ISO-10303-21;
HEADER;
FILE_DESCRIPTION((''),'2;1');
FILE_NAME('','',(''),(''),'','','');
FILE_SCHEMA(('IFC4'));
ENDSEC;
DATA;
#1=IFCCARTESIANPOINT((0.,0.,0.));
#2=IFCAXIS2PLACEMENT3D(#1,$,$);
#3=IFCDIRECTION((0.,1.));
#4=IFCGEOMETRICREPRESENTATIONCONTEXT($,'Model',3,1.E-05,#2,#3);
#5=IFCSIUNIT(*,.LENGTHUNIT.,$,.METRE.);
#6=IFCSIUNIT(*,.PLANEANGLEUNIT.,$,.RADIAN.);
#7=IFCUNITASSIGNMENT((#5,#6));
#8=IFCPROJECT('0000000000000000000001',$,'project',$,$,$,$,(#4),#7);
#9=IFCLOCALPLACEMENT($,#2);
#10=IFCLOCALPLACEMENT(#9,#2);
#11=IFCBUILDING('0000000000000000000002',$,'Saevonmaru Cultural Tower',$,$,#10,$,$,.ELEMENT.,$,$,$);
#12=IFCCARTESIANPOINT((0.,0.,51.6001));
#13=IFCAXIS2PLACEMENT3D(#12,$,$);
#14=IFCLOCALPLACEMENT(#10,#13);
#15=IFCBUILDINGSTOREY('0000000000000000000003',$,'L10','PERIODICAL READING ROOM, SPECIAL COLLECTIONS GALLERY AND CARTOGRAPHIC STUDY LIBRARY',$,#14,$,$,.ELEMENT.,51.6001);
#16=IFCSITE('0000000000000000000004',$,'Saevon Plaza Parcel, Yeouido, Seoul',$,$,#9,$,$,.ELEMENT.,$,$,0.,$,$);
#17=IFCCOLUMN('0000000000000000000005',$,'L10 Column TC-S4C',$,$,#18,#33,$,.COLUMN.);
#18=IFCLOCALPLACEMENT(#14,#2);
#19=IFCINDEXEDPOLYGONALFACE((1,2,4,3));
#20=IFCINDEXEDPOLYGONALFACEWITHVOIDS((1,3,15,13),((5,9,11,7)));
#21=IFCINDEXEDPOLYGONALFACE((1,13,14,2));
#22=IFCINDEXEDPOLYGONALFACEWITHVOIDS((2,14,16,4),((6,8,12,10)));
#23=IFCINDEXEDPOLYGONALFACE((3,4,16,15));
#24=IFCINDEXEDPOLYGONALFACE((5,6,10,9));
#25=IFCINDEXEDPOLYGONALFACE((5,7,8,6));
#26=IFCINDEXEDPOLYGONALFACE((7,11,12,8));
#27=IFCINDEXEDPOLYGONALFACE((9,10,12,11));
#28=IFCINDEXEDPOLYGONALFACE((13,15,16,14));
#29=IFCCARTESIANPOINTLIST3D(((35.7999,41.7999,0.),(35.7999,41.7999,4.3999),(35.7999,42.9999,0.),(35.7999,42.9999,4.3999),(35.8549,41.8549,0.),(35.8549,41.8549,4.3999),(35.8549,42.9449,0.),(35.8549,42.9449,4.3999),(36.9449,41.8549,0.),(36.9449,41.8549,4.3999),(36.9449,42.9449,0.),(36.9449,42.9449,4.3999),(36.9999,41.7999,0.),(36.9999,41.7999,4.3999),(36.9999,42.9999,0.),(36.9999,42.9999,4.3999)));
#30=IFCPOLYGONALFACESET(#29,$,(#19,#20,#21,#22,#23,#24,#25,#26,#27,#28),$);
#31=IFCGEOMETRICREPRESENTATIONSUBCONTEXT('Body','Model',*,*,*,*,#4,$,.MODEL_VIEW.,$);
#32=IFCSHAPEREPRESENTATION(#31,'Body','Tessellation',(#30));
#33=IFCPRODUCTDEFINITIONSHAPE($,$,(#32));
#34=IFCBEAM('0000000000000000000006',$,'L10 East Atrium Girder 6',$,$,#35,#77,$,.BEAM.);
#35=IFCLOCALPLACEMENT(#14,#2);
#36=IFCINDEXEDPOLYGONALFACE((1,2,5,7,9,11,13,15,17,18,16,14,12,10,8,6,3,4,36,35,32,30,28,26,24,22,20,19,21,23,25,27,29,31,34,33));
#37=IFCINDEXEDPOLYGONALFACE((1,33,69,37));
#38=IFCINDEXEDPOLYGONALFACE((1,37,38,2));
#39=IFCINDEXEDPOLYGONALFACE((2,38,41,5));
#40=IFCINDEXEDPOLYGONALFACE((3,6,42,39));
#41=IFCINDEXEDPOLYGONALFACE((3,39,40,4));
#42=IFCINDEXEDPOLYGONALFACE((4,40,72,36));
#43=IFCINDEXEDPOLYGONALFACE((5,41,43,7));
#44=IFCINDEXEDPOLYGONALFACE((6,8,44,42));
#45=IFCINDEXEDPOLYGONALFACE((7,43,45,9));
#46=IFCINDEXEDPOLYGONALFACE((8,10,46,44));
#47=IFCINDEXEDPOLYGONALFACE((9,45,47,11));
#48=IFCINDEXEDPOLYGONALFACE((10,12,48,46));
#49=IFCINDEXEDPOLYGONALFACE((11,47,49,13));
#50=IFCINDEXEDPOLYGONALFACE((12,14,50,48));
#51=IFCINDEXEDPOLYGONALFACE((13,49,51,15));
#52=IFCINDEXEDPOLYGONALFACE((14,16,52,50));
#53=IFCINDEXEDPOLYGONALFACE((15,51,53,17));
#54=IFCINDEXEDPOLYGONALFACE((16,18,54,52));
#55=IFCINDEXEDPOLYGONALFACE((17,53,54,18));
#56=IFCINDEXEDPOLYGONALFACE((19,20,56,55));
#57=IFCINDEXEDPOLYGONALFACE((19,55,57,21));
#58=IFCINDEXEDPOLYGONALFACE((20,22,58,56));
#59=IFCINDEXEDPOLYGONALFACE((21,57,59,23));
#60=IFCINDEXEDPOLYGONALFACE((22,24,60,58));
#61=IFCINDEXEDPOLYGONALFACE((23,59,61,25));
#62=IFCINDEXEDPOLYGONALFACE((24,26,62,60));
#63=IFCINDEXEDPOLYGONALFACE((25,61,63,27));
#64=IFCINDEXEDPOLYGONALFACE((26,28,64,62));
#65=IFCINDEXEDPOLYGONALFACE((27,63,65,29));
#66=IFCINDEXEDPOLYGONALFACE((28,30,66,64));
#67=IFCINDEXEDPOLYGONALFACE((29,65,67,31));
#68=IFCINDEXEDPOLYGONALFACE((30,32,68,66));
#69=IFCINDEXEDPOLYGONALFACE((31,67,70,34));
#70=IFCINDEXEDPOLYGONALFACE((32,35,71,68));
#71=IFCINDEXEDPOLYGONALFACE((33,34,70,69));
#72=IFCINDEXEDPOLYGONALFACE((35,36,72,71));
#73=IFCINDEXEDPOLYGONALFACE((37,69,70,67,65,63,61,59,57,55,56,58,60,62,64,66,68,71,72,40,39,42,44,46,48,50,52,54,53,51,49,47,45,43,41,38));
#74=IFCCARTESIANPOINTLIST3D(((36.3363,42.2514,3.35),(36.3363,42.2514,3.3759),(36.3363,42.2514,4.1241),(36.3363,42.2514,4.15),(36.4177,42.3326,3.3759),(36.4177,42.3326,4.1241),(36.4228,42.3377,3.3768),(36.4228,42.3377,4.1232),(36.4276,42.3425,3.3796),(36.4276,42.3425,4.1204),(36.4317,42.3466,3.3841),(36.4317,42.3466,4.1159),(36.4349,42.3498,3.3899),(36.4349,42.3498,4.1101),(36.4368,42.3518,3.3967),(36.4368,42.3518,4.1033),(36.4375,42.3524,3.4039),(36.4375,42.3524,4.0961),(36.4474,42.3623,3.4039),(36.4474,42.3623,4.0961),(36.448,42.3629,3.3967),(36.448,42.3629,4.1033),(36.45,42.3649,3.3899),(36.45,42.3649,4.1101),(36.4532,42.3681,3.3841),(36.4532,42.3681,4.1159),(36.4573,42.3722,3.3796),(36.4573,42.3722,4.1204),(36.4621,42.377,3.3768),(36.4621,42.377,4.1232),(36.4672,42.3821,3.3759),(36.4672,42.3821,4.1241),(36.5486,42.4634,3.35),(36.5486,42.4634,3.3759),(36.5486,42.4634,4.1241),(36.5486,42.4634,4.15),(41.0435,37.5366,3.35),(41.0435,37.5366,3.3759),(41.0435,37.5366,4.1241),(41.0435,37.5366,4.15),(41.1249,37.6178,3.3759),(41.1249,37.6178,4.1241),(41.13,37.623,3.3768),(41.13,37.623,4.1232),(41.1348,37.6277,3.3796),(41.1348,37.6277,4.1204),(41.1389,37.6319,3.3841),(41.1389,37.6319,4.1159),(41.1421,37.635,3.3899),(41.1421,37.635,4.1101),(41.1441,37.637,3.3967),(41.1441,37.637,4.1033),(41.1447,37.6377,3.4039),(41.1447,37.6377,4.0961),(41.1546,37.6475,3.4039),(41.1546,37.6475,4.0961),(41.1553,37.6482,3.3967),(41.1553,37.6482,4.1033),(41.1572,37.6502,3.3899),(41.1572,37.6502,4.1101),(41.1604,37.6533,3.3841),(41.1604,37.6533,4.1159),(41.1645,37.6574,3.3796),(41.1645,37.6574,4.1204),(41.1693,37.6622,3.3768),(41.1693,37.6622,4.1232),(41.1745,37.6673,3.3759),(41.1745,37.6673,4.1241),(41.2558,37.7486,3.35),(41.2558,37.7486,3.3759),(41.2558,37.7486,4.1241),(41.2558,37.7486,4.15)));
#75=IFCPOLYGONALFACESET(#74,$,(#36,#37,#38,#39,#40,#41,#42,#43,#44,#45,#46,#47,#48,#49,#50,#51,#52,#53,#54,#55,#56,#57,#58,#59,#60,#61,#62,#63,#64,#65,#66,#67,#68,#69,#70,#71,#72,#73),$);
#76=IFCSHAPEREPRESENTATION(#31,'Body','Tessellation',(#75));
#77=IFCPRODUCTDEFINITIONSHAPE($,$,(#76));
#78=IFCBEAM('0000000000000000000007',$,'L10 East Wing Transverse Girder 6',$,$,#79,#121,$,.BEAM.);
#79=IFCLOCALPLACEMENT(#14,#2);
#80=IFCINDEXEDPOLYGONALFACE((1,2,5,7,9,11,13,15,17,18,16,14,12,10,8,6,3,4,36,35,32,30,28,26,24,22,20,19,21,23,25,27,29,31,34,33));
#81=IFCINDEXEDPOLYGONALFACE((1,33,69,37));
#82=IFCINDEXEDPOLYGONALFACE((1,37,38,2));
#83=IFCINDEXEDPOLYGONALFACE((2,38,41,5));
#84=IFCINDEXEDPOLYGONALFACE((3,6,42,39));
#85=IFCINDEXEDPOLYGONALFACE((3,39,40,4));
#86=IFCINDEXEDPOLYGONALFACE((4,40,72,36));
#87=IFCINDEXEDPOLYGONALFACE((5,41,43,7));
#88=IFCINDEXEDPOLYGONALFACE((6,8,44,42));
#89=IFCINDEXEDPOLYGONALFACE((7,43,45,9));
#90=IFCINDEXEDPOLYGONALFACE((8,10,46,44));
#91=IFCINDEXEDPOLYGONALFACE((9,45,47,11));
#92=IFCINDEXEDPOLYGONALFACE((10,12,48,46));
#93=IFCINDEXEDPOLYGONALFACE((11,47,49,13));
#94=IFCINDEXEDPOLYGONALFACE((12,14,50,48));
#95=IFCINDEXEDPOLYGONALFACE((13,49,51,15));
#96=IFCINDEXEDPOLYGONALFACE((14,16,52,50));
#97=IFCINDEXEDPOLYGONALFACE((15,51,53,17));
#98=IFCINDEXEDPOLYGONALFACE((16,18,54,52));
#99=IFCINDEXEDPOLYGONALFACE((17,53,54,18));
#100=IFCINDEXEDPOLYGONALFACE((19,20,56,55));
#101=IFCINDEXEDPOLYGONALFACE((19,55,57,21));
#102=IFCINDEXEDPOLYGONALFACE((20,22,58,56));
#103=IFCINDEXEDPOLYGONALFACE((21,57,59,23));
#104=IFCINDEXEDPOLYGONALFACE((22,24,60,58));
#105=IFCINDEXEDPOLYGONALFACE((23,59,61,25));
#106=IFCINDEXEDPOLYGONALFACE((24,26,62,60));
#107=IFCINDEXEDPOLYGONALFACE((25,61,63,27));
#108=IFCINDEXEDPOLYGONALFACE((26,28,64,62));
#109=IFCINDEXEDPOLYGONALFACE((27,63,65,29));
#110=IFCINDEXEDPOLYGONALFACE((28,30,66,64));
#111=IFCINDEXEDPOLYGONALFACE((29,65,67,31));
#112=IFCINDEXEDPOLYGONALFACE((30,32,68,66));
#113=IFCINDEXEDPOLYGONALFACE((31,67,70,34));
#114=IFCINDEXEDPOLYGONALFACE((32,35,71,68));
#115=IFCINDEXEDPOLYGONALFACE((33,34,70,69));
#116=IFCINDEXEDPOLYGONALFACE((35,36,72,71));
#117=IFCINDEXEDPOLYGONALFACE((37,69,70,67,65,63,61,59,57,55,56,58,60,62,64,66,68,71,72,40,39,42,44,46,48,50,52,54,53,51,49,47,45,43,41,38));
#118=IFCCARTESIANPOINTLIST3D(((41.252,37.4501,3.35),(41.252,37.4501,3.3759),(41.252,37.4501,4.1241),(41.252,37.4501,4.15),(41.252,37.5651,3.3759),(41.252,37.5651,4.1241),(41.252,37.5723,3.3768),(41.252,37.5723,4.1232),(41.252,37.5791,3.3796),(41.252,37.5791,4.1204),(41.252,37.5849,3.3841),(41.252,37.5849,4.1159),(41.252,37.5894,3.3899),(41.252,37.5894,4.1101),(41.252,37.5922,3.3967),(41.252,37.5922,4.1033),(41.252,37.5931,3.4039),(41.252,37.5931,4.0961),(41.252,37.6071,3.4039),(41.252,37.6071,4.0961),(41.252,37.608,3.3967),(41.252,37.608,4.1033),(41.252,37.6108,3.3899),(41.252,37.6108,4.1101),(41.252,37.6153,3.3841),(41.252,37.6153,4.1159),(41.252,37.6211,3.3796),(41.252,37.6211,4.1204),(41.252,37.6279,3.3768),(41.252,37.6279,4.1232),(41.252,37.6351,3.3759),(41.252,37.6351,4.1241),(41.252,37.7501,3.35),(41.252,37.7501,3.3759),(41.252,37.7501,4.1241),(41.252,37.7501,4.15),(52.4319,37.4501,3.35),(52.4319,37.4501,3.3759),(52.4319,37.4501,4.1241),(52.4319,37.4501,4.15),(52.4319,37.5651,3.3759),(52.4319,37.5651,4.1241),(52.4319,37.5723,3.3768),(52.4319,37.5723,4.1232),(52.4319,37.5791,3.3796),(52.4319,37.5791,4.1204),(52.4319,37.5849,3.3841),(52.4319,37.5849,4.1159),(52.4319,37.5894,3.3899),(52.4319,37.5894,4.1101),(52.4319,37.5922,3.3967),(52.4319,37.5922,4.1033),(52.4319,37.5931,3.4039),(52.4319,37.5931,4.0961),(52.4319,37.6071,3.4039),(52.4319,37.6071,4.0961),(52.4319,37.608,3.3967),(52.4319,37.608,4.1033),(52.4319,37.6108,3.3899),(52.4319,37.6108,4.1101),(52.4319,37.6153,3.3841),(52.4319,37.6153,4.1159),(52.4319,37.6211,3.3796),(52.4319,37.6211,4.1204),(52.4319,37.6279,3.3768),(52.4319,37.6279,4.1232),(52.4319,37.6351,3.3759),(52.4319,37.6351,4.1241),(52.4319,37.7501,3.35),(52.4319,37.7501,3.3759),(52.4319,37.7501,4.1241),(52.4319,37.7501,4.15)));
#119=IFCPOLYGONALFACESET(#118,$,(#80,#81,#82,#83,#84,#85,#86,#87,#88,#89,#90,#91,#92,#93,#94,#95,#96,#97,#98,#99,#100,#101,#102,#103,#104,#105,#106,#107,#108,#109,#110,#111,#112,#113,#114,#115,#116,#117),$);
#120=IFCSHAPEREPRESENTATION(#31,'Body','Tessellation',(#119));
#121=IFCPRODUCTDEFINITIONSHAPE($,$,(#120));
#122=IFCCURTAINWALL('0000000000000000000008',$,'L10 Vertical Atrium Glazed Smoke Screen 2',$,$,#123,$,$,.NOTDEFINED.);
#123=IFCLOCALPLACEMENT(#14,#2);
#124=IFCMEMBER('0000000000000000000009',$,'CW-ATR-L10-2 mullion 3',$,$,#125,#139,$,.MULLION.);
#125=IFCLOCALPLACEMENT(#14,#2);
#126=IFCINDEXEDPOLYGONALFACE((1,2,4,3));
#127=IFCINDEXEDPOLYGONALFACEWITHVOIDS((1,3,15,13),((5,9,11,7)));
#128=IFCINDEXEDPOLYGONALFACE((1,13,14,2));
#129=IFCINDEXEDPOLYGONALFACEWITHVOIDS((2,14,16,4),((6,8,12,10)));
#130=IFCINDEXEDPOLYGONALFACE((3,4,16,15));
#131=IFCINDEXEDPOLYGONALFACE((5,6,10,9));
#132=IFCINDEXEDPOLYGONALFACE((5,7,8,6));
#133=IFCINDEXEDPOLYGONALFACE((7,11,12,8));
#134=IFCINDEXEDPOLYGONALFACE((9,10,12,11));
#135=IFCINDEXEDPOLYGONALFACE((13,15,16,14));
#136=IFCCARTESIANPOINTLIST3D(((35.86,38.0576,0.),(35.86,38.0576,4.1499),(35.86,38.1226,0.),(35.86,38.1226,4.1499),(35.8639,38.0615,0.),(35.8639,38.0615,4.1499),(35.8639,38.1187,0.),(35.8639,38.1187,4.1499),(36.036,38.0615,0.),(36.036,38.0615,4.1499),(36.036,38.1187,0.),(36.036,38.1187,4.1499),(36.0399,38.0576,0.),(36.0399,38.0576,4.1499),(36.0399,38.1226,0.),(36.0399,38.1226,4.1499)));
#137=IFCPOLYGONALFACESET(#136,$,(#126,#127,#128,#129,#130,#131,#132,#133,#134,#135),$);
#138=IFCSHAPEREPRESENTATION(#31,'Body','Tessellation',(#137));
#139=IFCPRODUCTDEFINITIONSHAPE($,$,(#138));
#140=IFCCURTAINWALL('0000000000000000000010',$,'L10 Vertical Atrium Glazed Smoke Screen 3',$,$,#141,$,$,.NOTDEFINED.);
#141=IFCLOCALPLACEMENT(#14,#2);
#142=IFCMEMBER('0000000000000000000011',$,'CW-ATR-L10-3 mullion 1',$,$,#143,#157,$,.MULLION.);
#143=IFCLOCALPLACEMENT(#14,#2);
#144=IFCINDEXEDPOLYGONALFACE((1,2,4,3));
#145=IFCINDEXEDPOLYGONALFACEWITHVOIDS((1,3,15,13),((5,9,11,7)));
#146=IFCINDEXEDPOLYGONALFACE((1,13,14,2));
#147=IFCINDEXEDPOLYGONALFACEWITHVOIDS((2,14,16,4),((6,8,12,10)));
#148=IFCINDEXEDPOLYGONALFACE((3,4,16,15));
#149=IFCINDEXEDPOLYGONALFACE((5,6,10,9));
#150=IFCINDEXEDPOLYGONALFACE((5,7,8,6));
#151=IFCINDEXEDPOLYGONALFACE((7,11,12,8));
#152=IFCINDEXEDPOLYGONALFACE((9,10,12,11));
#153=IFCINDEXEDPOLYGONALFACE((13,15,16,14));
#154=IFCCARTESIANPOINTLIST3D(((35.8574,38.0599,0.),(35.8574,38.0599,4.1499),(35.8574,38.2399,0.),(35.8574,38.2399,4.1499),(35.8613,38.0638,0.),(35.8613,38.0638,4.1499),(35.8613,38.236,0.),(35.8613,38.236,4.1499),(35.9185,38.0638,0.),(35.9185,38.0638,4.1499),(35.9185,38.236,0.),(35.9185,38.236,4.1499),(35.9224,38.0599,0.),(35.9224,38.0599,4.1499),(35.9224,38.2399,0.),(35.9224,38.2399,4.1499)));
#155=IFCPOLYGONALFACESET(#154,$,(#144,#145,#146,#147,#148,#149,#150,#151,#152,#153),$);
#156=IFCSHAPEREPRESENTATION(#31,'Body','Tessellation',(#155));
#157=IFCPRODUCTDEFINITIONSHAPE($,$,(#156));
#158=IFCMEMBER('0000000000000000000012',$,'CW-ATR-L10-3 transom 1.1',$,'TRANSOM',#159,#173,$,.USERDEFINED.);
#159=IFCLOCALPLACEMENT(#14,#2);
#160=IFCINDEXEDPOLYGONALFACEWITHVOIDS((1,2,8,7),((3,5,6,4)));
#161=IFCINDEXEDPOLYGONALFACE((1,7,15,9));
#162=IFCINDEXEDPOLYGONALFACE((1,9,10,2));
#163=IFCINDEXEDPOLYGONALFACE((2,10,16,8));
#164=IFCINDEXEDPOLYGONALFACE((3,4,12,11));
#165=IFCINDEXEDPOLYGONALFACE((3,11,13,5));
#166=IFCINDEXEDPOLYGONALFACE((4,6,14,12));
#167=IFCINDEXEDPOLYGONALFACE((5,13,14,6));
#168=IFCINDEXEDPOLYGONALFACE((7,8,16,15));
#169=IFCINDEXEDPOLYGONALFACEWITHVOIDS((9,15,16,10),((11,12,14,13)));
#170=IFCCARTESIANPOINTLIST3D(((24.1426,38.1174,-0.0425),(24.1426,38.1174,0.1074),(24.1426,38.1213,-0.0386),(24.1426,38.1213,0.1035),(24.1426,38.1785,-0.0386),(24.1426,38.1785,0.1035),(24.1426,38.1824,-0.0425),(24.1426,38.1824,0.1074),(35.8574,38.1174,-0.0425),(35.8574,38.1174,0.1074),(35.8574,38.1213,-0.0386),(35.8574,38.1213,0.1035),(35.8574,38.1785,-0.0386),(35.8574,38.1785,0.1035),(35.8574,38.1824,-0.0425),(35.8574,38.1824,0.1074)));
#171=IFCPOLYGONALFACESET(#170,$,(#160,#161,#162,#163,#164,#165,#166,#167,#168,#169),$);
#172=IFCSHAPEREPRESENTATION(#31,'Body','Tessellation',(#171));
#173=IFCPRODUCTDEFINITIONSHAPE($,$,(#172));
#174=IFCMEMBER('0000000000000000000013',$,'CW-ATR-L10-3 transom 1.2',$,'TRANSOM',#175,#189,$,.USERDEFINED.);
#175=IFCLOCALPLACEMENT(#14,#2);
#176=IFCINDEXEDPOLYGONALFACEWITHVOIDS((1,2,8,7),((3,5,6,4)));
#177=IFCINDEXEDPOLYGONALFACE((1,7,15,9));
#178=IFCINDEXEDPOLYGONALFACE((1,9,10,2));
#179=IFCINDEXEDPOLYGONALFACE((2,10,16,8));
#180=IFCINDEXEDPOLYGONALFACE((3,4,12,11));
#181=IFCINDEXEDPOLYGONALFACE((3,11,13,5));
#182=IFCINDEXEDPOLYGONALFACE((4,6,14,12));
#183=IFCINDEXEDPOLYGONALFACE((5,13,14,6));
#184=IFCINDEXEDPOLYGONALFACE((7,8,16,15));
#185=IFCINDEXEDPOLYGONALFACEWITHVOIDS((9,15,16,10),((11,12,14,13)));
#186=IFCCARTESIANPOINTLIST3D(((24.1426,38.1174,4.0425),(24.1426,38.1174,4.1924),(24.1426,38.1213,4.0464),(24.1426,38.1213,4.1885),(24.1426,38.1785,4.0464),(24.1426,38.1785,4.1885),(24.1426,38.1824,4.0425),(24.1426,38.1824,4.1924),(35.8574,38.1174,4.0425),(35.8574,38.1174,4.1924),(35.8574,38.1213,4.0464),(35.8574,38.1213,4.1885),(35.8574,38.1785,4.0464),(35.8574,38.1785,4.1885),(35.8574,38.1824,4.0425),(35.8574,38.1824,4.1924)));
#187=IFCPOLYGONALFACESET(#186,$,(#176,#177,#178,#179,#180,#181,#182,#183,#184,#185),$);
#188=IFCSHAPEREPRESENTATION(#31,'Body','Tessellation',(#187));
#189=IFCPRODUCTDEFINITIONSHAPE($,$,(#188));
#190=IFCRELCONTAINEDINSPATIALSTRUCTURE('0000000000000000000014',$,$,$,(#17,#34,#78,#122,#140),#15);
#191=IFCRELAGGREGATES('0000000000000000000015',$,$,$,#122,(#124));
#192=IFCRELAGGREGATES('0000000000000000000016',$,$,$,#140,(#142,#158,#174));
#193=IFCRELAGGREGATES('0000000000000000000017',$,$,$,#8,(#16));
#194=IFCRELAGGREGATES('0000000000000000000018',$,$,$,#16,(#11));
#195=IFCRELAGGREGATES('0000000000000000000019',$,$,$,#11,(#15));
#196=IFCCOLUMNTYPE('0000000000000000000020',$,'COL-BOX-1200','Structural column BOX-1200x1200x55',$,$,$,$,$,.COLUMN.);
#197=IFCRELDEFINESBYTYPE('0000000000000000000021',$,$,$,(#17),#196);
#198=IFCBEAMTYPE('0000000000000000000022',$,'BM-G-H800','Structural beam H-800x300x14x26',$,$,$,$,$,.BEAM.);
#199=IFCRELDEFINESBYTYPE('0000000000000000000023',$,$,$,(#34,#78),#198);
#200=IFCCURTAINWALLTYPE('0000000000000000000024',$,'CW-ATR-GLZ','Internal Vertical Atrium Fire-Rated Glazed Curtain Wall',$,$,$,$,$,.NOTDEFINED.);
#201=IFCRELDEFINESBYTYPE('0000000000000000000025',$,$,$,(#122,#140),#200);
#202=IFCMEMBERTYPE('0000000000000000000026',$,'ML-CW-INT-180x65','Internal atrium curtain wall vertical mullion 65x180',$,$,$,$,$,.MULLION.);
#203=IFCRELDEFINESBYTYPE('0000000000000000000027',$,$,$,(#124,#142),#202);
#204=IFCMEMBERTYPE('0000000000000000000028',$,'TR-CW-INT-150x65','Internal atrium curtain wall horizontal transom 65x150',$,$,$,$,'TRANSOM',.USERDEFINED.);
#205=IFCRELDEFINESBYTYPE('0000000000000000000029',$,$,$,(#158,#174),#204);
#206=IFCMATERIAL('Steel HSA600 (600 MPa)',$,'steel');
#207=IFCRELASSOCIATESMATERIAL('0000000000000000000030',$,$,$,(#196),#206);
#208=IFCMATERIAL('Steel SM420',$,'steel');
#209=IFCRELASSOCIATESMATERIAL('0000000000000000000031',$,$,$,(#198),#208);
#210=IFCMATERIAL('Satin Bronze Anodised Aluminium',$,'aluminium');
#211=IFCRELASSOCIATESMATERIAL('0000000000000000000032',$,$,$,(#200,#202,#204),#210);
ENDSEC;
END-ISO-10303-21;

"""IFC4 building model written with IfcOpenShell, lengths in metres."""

from ifc_helpers import new_model, si_unit, direction, frame, origin, origin_2d, place, context, subcontext, project, spatial, hollow_rectangle, i_section, extrude, material, material_profile, profile_set, type_object, element, aggregate, save


model = new_model("IFC4")

# Units and contexts
model_context = context("Model", 3, precision=1e-05, world=origin(), true_north=direction((0.0, 1.0)))
body_context = subcontext(model_context, "Body", "Model", "MODEL_VIEW")
ifc_project = project(units=[si_unit("LENGTHUNIT", "METRE"), si_unit("PLANEANGLEUNIT", "RADIAN")], contexts=[model_context])

# Site, building, storey
site_placement = place(None, origin())
site = spatial("IfcSite", under=ifc_project, at=site_placement, Name="Saevon Plaza Parcel, Yeouido, Seoul", CompositionType="ELEMENT", RefElevation=0.0)
building_placement = place(site_placement, origin())
building = spatial("IfcBuilding", under=site, at=building_placement, Name="Saevonmaru Cultural Tower", CompositionType="ELEMENT")
storey_placement = place(building_placement, frame((0.0, 0.0, 51.6001)))
storey = spatial("IfcBuildingStorey", under=building, at=storey_placement, Name="L10", Description="PERIODICAL READING ROOM, SPECIAL COLLECTIONS GALLERY AND CARTOGRAPHIC STUDY LIBRARY", CompositionType="ELEMENT", Elevation=51.6001)

# Column
ifc_material_1 = material(Name="Steel HSA600 (600 MPa)", Category="steel")
ifc_material_profile_1 = material_profile(ifc_material_1, hollow_rectangle(XDim=1.2, YDim=1.2, WallThickness=0.0549, at=origin_2d()), Name="BOX-1200x1200x55")
ifc_profile_set_1 = profile_set([ifc_material_profile_1], Name="Steel HSA600 (600 MPa)")
column_type = type_object("IfcColumnType", Name="COL-BOX-1200", Description="Structural column BOX-1200x1200x55", PredefinedType="COLUMN", material=ifc_profile_set_1)
column_placement = place(storey_placement, frame((36.3999, 42.3999, 0.0), z_axis=(0.0, 0.0, 1.0), x_axis=(1.0, 0.0, 0.0)))
element("IfcColumn", 1, at=column_placement, inside=storey, type_object=column_type, Name="L10 Column TC-S4C", PredefinedType="COLUMN", context=body_context, shape_type="SweptSolid", body=[
    extrude(hollow_rectangle(XDim=1.2, YDim=1.2, WallThickness=0.0549, at=origin_2d()), origin(), (0.0, 0.0, 1.0), 4.3999),
])

# Beams
ifc_material_2 = material(Name="Steel SM420", Category="steel")
ifc_material_profile_2 = material_profile(ifc_material_2, i_section(OverallWidth=0.3, OverallDepth=0.8, WebThickness=0.0139, FlangeThickness=0.0259, FilletRadius=0.0281, at=origin_2d()), Name="H-800x300x14x26")
ifc_profile_set_2 = profile_set([ifc_material_profile_2], Name="Steel SM420")
beam_type = type_object("IfcBeamType", Name="BM-G-H800", Description="Structural beam H-800x300x14x26", PredefinedType="BEAM", material=ifc_profile_set_2)
beam_1_placement = place(storey_placement, frame((41.1497, 37.6426, 3.75), z_axis=(-0.706539, 0.707675, 0.0), x_axis=(-0.707675, -0.706539, 0.0)))
element("IfcBeam", 2, at=beam_1_placement, inside=storey, type_object=beam_type, Name="L10 East Atrium Girder 6", PredefinedType="BEAM", context=body_context, shape_type="SweptSolid", body=[
    extrude(i_section(OverallWidth=0.3, OverallDepth=0.8, WebThickness=0.0139, FlangeThickness=0.0259, FilletRadius=0.0281, at=origin_2d()), origin(), (0.0, 0.0, 1.0), 6.6624),
])
beam_2_placement = place(storey_placement, frame((41.252, 37.6001, 3.75), z_axis=(1.0, 0.0, 0.0), x_axis=(0.0, 1.0, 0.0)))
element("IfcBeam", 3, at=beam_2_placement, inside=storey, type_object=beam_type, Name="L10 East Wing Transverse Girder 6", PredefinedType="BEAM", context=body_context, shape_type="SweptSolid", body=[
    extrude(i_section(OverallWidth=0.3, OverallDepth=0.8, WebThickness=0.0139, FlangeThickness=0.0259, FilletRadius=0.0281, at=origin_2d()), origin(), (0.0, 0.0, 1.0), 11.1799),
])

# Curtain wall, member
ifc_material_3 = material(Name="Satin Bronze Anodised Aluminium", Category="aluminium")
curtain_wall_type = type_object("IfcCurtainWallType", Name="CW-ATR-GLZ", Description="Internal Vertical Atrium Fire-Rated Glazed Curtain Wall", PredefinedType="NOTDEFINED", material=ifc_material_3)
curtain_wall_1_placement = place(storey_placement, origin())
curtain_wall_1 = element("IfcCurtainWall", 4, at=curtain_wall_1_placement, inside=storey, type_object=curtain_wall_type, Name="L10 Vertical Atrium Glazed Smoke Screen 2", PredefinedType="NOTDEFINED")
ifc_material_profile_3 = material_profile(ifc_material_3, hollow_rectangle(XDim=0.0649, YDim=0.1799, WallThickness=0.0039, at=origin_2d()), Name="ALU-MULL-180x65x4")
ifc_profile_set_3 = profile_set([ifc_material_profile_3], Name="Satin Bronze Anodised Aluminium")
member_type_1 = type_object("IfcMemberType", Name="ML-CW-INT-180x65", Description="Internal atrium curtain wall vertical mullion 65x180", PredefinedType="MULLION", material=ifc_profile_set_3)
member_1_placement = place(storey_placement, frame((35.95, 38.0901, 0.0), z_axis=(0.0, 0.0, 1.0), x_axis=(0.0, 1.0, 0.0)))
member_1 = element("IfcMember", 5, at=member_1_placement, type_object=member_type_1, Name="CW-ATR-L10-2 mullion 3", PredefinedType="MULLION", context=body_context, shape_type="SweptSolid", body=[
    extrude(hollow_rectangle(XDim=0.0649, YDim=0.1799, WallThickness=0.0039, at=origin_2d()), origin(), (0.0, 0.0, 1.0), 4.1499),
])
aggregate(curtain_wall_1, [member_1])

# Curtain wall, members
curtain_wall_2_placement = place(storey_placement, origin())
curtain_wall_2 = element("IfcCurtainWall", 6, at=curtain_wall_2_placement, inside=storey, type_object=curtain_wall_type, Name="L10 Vertical Atrium Glazed Smoke Screen 3", PredefinedType="NOTDEFINED")
member_2_placement = place(storey_placement, frame((35.8899, 38.1499, 0.0), z_axis=(0.0, 0.0, 1.0), x_axis=(-1.0, 0.0, 0.0)))
member_2 = element("IfcMember", 7, at=member_2_placement, type_object=member_type_1, Name="CW-ATR-L10-3 mullion 1", PredefinedType="MULLION", context=body_context, shape_type="SweptSolid", body=[
    extrude(hollow_rectangle(XDim=0.0649, YDim=0.1799, WallThickness=0.0039, at=origin_2d()), origin(), (0.0, 0.0, 1.0), 4.1499),
])
ifc_material_profile_4 = material_profile(ifc_material_3, hollow_rectangle(XDim=0.0649, YDim=0.1499, WallThickness=0.0039, at=origin_2d()), Name="ALU-TRAN-150x65x4")
ifc_profile_set_4 = profile_set([ifc_material_profile_4], Name="Satin Bronze Anodised Aluminium")
member_type_2 = type_object("IfcMemberType", Name="TR-CW-INT-150x65", Description="Internal atrium curtain wall horizontal transom 65x150", ElementType="TRANSOM", PredefinedType="USERDEFINED", material=ifc_profile_set_4)
member_3_placement = place(storey_placement, frame((35.8574, 38.1499, 0.0325), z_axis=(-1.0, 0.0, 0.0), x_axis=(0.0, -1.0, 0.0)))
member_3 = element("IfcMember", 8, at=member_3_placement, type_object=member_type_2, Name="CW-ATR-L10-3 transom 1.1", ObjectType="TRANSOM", PredefinedType="USERDEFINED", context=body_context, shape_type="SweptSolid", body=[
    extrude(hollow_rectangle(XDim=0.0649, YDim=0.1499, WallThickness=0.0039, at=origin_2d()), origin(), (0.0, 0.0, 1.0), 11.7148),
])
member_4_placement = place(storey_placement, frame((35.8574, 38.1499, 4.1174), z_axis=(-1.0, 0.0, 0.0), x_axis=(0.0, -1.0, 0.0)))
member_4 = element("IfcMember", 9, at=member_4_placement, type_object=member_type_2, Name="CW-ATR-L10-3 transom 1.2", ObjectType="TRANSOM", PredefinedType="USERDEFINED", context=body_context, shape_type="SweptSolid", body=[
    extrude(hollow_rectangle(XDim=0.0649, YDim=0.1499, WallThickness=0.0039, at=origin_2d()), origin(), (0.0, 0.0, 1.0), 11.7148),
])
aggregate(curtain_wall_2, [member_2, member_3, member_4])

save(model, "model.ifc")
